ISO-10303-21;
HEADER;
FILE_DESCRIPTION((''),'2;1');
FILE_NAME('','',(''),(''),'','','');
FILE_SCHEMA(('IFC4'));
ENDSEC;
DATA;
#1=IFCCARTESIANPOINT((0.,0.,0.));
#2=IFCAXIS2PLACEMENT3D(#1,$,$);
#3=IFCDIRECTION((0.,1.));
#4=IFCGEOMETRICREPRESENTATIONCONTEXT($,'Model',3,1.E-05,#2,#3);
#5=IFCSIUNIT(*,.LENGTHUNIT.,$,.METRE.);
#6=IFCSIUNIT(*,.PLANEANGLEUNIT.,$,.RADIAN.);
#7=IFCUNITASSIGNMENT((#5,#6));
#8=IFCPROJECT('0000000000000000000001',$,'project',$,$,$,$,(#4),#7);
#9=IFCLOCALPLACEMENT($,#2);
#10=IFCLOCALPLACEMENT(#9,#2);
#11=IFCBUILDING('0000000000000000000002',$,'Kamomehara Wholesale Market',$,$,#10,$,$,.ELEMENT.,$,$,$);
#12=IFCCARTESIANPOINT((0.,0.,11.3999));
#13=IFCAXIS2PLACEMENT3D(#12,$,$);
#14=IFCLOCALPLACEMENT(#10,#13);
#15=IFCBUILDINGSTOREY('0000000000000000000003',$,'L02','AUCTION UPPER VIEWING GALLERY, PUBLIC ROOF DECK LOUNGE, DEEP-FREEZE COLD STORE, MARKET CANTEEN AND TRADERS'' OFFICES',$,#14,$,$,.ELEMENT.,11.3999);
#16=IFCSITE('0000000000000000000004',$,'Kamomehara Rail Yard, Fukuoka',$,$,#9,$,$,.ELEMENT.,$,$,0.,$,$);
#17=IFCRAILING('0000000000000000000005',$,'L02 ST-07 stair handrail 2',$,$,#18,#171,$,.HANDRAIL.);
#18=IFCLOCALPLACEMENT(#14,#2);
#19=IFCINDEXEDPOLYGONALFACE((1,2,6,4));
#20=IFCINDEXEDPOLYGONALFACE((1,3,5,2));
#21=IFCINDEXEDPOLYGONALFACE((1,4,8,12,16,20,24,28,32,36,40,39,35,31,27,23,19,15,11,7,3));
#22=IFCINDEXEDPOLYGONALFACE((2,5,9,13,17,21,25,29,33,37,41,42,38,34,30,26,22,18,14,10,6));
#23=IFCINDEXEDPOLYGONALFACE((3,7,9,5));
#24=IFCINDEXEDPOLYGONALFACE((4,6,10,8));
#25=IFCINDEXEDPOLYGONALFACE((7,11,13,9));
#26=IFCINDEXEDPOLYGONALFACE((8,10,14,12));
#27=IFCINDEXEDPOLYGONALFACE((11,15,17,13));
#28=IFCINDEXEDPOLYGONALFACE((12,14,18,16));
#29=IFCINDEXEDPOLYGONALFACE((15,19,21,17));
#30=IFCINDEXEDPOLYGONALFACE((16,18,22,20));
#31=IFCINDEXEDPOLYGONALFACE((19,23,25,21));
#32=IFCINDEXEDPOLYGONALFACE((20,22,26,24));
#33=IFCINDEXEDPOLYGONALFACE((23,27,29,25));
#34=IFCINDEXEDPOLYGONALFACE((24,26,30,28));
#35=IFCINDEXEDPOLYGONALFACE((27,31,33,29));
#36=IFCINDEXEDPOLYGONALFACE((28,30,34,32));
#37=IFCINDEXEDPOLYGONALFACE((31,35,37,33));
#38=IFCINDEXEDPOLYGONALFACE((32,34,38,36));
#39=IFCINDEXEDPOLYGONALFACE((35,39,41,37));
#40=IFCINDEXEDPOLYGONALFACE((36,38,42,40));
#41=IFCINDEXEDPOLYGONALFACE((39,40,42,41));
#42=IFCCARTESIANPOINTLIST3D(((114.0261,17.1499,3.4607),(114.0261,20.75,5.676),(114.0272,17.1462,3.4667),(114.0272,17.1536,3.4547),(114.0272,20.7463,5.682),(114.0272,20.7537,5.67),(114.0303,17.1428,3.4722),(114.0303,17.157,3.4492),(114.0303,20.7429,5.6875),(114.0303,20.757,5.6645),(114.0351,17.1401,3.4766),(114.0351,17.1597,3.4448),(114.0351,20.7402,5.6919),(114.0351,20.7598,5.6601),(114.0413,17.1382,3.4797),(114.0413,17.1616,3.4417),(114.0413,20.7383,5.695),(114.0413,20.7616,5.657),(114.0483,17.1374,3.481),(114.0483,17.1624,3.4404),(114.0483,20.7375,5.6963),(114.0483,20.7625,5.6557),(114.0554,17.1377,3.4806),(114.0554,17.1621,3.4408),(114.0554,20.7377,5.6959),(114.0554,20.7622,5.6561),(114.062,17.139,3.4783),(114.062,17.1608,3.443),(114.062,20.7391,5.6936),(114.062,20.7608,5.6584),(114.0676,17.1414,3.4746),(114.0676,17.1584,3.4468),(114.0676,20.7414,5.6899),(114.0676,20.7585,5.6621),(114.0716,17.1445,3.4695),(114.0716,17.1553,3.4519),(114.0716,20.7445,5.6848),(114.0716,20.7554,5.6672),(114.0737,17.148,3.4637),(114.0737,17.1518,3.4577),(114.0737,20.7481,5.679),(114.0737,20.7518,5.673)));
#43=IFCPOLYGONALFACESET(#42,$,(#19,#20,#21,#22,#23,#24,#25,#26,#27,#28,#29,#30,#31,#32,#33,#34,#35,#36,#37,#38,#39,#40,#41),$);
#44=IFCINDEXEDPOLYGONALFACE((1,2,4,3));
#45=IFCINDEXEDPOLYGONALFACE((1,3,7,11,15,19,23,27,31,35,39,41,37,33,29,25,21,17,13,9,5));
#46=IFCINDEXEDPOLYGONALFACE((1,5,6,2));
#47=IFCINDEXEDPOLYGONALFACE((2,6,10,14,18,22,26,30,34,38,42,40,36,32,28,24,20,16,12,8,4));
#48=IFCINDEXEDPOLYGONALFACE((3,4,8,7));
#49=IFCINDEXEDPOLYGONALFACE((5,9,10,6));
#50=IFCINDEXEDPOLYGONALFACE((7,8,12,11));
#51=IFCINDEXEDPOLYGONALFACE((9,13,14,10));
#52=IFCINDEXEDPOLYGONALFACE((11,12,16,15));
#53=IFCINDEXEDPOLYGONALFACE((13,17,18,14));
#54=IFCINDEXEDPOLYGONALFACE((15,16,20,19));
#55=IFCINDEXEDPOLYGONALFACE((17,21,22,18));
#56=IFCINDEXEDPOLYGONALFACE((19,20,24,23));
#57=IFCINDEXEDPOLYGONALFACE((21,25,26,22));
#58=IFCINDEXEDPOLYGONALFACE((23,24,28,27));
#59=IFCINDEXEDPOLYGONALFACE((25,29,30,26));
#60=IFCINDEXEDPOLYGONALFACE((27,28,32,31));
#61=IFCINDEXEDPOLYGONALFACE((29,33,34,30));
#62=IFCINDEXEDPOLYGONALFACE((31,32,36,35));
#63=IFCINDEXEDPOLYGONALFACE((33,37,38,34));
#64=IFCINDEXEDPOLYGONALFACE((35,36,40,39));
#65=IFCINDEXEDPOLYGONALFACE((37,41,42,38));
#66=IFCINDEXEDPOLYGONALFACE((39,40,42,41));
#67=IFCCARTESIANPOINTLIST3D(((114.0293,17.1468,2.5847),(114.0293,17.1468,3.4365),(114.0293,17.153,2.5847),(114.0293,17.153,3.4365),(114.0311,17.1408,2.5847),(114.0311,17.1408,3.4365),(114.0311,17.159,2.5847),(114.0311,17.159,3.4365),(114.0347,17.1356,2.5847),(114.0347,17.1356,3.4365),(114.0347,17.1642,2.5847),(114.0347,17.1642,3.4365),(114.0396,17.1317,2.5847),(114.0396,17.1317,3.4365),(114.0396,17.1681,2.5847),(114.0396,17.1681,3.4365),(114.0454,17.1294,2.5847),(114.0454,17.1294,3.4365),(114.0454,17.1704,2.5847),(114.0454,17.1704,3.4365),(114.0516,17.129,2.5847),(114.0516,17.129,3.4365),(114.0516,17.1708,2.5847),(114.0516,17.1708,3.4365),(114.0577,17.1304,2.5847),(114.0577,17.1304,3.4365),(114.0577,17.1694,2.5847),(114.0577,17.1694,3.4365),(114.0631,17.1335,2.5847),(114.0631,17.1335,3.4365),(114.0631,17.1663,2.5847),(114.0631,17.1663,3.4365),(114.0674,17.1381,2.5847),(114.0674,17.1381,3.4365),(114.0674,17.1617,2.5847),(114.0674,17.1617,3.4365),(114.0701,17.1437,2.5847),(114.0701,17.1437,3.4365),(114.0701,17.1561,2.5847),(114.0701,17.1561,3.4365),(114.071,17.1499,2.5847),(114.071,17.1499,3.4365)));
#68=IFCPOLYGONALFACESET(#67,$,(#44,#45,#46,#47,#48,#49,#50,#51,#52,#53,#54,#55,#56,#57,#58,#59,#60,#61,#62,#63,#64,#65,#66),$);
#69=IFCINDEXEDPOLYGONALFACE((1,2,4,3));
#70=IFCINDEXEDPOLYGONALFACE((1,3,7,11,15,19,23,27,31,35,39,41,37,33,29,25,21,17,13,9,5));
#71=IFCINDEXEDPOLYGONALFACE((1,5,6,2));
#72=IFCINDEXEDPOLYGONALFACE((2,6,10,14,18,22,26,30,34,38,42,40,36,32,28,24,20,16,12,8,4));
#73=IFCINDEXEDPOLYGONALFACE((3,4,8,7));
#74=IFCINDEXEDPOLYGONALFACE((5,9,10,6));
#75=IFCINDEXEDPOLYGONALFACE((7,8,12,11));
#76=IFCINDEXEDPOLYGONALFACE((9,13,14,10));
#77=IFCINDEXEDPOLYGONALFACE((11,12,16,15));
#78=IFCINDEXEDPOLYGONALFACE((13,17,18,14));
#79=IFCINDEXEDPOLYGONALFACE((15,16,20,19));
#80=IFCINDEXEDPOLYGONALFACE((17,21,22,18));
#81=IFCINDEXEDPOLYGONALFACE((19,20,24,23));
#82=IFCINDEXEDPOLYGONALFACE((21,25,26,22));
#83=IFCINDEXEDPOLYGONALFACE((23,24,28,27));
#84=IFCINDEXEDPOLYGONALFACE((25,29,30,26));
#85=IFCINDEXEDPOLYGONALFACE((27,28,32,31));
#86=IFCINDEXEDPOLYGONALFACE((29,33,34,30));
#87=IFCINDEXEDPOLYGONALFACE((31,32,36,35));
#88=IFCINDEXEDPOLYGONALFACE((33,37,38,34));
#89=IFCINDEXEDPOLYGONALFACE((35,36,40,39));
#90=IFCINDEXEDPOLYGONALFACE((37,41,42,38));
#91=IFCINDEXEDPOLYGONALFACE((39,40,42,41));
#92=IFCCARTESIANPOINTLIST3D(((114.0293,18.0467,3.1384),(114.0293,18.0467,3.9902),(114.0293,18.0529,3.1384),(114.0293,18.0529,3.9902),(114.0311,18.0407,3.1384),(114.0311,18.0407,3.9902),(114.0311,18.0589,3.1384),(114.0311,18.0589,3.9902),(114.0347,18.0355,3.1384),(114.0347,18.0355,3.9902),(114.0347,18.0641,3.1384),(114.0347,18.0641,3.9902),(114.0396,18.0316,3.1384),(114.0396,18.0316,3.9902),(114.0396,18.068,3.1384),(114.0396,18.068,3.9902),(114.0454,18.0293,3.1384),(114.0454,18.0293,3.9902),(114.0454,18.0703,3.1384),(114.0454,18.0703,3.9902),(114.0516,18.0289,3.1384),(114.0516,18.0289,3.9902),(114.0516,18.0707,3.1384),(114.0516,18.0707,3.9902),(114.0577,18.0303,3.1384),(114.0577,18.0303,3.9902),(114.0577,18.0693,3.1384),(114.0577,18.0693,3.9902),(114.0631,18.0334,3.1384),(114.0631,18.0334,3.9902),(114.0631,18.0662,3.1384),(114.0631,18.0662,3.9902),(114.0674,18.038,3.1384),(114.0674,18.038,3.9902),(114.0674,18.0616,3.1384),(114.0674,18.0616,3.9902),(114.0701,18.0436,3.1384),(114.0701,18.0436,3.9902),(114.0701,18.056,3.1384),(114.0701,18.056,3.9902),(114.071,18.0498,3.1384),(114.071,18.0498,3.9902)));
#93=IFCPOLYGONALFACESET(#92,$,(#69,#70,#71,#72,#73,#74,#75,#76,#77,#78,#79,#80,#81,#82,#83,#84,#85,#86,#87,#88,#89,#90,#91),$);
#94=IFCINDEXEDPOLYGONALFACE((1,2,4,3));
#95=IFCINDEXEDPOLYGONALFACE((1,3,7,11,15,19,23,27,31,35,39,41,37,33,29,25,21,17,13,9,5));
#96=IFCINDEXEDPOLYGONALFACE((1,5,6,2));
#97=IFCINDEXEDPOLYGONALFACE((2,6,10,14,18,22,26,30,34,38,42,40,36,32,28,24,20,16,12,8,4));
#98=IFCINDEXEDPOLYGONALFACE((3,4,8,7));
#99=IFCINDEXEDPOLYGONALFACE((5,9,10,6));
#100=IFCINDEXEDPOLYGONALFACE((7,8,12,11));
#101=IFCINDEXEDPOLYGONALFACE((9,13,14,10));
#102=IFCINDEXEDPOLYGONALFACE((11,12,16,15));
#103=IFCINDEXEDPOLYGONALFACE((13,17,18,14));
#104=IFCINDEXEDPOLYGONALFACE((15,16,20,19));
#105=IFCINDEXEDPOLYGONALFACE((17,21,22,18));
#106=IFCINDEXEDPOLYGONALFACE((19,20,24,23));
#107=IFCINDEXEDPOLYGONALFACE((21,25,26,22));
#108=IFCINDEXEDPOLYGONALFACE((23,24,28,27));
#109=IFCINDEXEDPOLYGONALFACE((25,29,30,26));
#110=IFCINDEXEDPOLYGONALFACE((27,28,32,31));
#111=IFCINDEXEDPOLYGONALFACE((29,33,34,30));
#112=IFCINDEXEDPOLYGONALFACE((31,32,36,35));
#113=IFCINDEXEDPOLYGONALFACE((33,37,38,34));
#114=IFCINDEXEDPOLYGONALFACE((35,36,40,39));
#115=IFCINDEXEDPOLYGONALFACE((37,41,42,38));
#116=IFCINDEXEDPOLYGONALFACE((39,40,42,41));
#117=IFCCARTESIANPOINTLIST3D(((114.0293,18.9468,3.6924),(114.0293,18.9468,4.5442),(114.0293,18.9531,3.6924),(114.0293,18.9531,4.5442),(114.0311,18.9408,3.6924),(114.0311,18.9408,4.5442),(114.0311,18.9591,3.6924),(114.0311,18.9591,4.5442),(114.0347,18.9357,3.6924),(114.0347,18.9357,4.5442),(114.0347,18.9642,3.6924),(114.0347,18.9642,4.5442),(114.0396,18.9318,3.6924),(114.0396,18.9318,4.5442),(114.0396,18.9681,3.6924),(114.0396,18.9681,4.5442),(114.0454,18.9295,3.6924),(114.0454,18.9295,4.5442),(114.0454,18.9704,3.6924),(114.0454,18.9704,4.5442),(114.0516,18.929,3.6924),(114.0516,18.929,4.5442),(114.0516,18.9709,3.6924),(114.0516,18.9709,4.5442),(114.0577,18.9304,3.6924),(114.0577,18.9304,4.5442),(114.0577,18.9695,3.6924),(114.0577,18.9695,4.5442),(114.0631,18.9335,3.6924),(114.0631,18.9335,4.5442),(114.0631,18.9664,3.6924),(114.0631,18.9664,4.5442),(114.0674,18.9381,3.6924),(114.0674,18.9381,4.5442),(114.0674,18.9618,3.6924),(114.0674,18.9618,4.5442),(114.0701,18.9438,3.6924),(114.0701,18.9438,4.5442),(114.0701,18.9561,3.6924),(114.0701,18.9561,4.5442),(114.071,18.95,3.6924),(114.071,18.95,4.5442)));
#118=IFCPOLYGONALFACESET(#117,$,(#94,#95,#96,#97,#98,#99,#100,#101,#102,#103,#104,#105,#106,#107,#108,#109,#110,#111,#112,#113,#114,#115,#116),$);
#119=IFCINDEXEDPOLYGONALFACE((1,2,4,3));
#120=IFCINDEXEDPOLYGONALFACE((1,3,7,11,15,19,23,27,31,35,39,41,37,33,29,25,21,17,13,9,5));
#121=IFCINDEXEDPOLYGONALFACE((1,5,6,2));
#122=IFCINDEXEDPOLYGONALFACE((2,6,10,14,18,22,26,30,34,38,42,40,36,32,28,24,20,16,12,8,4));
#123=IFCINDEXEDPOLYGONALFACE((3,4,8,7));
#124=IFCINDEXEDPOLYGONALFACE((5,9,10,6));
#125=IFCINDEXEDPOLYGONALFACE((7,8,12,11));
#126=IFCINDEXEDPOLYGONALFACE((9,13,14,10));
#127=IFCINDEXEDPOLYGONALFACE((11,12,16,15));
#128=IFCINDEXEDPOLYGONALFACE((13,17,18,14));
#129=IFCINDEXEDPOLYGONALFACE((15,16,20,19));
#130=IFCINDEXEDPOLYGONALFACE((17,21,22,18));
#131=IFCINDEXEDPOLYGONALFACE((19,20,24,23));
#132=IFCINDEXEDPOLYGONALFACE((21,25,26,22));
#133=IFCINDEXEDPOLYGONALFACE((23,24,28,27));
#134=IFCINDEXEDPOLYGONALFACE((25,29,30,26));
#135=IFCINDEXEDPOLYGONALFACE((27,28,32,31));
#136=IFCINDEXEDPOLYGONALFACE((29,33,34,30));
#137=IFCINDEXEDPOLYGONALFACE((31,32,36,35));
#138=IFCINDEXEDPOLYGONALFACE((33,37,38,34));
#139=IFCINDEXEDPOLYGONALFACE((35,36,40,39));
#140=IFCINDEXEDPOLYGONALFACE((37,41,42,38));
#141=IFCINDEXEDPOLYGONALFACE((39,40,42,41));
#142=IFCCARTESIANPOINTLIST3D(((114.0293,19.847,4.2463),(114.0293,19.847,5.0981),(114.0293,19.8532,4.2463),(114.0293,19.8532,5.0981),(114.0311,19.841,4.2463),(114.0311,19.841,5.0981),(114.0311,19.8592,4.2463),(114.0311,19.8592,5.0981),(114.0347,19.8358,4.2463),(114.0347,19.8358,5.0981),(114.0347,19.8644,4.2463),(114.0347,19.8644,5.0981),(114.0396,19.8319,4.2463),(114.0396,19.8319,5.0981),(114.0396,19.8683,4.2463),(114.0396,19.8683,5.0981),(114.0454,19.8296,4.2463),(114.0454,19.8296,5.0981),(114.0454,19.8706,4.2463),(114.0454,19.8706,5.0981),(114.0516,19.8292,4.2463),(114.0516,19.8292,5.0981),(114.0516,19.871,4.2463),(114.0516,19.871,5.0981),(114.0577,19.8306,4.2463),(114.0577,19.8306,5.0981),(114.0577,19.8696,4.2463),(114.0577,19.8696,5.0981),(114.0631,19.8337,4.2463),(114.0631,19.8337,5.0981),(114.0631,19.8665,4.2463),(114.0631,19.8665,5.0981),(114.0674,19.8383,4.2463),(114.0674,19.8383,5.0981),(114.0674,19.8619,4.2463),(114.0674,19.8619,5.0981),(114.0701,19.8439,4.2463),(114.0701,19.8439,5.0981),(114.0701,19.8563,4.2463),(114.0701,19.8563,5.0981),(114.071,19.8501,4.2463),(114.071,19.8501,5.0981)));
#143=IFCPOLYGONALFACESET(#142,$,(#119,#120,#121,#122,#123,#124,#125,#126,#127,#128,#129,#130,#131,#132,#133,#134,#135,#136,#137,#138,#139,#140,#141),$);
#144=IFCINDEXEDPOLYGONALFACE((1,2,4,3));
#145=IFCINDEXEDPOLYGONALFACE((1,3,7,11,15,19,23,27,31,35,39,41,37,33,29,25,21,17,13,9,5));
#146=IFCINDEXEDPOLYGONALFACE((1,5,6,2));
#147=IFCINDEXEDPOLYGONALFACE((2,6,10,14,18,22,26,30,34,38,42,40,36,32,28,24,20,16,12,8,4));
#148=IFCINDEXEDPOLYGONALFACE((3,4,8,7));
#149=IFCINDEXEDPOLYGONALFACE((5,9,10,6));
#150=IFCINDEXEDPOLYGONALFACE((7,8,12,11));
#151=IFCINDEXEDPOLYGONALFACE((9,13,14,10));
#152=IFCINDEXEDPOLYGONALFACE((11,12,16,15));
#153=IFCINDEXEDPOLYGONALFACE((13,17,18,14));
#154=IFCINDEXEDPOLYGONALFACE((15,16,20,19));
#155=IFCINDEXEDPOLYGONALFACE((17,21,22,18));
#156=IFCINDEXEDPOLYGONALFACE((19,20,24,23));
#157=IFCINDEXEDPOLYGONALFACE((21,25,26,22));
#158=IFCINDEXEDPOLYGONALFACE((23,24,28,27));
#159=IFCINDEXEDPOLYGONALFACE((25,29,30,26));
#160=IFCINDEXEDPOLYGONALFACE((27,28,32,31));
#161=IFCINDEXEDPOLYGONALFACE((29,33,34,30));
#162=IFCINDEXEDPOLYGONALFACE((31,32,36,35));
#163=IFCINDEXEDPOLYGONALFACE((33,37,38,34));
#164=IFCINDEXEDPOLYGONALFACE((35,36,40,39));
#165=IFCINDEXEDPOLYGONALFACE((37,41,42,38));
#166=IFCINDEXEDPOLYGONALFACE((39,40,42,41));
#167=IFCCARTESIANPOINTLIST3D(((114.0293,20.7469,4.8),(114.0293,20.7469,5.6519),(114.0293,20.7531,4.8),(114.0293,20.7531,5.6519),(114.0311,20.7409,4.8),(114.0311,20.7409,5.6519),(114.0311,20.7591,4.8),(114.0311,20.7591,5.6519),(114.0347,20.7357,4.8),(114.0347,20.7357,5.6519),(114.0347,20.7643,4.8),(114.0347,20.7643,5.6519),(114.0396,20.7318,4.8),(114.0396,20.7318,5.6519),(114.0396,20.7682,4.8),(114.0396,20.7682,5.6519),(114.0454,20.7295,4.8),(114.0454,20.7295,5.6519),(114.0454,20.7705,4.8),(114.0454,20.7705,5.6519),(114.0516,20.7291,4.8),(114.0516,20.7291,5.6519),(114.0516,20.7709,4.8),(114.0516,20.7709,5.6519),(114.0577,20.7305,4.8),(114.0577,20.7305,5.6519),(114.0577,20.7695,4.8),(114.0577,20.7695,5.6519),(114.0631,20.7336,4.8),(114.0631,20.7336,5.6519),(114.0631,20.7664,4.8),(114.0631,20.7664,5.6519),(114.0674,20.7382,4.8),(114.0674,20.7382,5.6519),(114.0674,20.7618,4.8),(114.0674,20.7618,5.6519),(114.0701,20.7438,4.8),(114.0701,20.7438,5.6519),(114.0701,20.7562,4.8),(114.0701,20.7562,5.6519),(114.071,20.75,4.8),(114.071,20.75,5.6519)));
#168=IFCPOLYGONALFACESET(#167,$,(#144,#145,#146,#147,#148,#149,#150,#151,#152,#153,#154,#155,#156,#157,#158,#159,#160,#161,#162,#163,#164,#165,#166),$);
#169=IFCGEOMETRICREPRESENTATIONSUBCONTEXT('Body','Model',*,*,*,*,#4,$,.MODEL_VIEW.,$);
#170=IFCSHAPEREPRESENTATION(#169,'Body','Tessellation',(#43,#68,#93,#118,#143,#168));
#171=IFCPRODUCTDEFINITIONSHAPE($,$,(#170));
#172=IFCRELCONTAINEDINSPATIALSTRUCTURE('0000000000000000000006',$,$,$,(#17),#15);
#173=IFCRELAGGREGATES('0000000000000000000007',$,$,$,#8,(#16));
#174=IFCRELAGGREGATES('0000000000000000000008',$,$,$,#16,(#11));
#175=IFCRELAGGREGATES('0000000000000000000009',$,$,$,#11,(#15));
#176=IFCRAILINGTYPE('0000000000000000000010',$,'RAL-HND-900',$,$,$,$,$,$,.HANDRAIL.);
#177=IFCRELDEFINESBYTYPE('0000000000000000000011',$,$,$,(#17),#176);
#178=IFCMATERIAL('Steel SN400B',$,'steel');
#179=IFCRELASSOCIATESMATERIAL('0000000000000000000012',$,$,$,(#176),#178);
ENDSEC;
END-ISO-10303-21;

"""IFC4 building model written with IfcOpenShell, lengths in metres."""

from ifc_helpers import new_model, si_unit, direction, frame, origin, origin_2d, place, context, subcontext, project, spatial, circle, extrude, material, type_object, element, save


model = new_model("IFC4")

# Units and contexts
model_context = context("Model", 3, precision=1e-05, world=origin(), true_north=direction((0.0, 1.0)))
body_context = subcontext(model_context, "Body", "Model", "MODEL_VIEW")
ifc_project = project(units=[si_unit("LENGTHUNIT", "METRE"), si_unit("PLANEANGLEUNIT", "RADIAN")], contexts=[model_context])

# Site, building, storey
site_placement = place(None, origin())
site = spatial("IfcSite", under=ifc_project, at=site_placement, Name="Kamomehara Rail Yard, Fukuoka", CompositionType="ELEMENT", RefElevation=0.0)
building_placement = place(site_placement, origin())
building = spatial("IfcBuilding", under=site, at=building_placement, Name="Kamomehara Wholesale Market", CompositionType="ELEMENT")
storey_placement = place(building_placement, frame((0.0, 0.0, 11.3999)))
storey = spatial("IfcBuildingStorey", under=building, at=storey_placement, Name="L02", Description="AUCTION UPPER VIEWING GALLERY, PUBLIC ROOF DECK LOUNGE, DEEP-FREEZE COLD STORE, MARKET CANTEEN AND TRADERS' OFFICES", CompositionType="ELEMENT", Elevation=11.3999)

# Railing
ifc_material_1 = material(Name="Steel SN400B", Category="steel")
railing_type_1 = type_object("IfcRailingType", Name="RAL-HND-900", PredefinedType="HANDRAIL", material=ifc_material_1)
railing_1_placement = place(storey_placement, frame((114.05, 17.1499, 2.5847)))
element("IfcRailing", 1, at=railing_1_placement, inside=storey, type_object=railing_type_1, Name="L02 ST-07 stair handrail 2", PredefinedType="HANDRAIL", context=body_context, shape_type="SweptSolid", body=[
    extrude(circle(Radius=0.0239, at=origin_2d()), frame((0.0, 0.0, 0.876), z_axis=(0.0, 0.85167, 0.524078), x_axis=(-1.0, 0.0, 0.0)), (0.0, 0.0, 1.0), 4.2271),
    extrude(circle(Radius=0.021, at=origin_2d()), origin(), (0.0, 0.0, 1.0), 0.8518),
    extrude(circle(Radius=0.021, at=origin_2d()), frame((0.0, 0.8999, 0.5537)), (0.0, 0.0, 1.0), 0.8518),
    extrude(circle(Radius=0.021, at=origin_2d()), frame((0.0, 1.8, 1.1077)), (0.0, 0.0, 1.0), 0.8518),
    extrude(circle(Radius=0.021, at=origin_2d()), frame((0.0, 2.7002, 1.6616)), (0.0, 0.0, 1.0), 0.8518),
    extrude(circle(Radius=0.021, at=origin_2d()), frame((0.0, 3.6001, 2.2153)), (0.0, 0.0, 1.0), 0.8518),
])

save(model, "model.ifc")
